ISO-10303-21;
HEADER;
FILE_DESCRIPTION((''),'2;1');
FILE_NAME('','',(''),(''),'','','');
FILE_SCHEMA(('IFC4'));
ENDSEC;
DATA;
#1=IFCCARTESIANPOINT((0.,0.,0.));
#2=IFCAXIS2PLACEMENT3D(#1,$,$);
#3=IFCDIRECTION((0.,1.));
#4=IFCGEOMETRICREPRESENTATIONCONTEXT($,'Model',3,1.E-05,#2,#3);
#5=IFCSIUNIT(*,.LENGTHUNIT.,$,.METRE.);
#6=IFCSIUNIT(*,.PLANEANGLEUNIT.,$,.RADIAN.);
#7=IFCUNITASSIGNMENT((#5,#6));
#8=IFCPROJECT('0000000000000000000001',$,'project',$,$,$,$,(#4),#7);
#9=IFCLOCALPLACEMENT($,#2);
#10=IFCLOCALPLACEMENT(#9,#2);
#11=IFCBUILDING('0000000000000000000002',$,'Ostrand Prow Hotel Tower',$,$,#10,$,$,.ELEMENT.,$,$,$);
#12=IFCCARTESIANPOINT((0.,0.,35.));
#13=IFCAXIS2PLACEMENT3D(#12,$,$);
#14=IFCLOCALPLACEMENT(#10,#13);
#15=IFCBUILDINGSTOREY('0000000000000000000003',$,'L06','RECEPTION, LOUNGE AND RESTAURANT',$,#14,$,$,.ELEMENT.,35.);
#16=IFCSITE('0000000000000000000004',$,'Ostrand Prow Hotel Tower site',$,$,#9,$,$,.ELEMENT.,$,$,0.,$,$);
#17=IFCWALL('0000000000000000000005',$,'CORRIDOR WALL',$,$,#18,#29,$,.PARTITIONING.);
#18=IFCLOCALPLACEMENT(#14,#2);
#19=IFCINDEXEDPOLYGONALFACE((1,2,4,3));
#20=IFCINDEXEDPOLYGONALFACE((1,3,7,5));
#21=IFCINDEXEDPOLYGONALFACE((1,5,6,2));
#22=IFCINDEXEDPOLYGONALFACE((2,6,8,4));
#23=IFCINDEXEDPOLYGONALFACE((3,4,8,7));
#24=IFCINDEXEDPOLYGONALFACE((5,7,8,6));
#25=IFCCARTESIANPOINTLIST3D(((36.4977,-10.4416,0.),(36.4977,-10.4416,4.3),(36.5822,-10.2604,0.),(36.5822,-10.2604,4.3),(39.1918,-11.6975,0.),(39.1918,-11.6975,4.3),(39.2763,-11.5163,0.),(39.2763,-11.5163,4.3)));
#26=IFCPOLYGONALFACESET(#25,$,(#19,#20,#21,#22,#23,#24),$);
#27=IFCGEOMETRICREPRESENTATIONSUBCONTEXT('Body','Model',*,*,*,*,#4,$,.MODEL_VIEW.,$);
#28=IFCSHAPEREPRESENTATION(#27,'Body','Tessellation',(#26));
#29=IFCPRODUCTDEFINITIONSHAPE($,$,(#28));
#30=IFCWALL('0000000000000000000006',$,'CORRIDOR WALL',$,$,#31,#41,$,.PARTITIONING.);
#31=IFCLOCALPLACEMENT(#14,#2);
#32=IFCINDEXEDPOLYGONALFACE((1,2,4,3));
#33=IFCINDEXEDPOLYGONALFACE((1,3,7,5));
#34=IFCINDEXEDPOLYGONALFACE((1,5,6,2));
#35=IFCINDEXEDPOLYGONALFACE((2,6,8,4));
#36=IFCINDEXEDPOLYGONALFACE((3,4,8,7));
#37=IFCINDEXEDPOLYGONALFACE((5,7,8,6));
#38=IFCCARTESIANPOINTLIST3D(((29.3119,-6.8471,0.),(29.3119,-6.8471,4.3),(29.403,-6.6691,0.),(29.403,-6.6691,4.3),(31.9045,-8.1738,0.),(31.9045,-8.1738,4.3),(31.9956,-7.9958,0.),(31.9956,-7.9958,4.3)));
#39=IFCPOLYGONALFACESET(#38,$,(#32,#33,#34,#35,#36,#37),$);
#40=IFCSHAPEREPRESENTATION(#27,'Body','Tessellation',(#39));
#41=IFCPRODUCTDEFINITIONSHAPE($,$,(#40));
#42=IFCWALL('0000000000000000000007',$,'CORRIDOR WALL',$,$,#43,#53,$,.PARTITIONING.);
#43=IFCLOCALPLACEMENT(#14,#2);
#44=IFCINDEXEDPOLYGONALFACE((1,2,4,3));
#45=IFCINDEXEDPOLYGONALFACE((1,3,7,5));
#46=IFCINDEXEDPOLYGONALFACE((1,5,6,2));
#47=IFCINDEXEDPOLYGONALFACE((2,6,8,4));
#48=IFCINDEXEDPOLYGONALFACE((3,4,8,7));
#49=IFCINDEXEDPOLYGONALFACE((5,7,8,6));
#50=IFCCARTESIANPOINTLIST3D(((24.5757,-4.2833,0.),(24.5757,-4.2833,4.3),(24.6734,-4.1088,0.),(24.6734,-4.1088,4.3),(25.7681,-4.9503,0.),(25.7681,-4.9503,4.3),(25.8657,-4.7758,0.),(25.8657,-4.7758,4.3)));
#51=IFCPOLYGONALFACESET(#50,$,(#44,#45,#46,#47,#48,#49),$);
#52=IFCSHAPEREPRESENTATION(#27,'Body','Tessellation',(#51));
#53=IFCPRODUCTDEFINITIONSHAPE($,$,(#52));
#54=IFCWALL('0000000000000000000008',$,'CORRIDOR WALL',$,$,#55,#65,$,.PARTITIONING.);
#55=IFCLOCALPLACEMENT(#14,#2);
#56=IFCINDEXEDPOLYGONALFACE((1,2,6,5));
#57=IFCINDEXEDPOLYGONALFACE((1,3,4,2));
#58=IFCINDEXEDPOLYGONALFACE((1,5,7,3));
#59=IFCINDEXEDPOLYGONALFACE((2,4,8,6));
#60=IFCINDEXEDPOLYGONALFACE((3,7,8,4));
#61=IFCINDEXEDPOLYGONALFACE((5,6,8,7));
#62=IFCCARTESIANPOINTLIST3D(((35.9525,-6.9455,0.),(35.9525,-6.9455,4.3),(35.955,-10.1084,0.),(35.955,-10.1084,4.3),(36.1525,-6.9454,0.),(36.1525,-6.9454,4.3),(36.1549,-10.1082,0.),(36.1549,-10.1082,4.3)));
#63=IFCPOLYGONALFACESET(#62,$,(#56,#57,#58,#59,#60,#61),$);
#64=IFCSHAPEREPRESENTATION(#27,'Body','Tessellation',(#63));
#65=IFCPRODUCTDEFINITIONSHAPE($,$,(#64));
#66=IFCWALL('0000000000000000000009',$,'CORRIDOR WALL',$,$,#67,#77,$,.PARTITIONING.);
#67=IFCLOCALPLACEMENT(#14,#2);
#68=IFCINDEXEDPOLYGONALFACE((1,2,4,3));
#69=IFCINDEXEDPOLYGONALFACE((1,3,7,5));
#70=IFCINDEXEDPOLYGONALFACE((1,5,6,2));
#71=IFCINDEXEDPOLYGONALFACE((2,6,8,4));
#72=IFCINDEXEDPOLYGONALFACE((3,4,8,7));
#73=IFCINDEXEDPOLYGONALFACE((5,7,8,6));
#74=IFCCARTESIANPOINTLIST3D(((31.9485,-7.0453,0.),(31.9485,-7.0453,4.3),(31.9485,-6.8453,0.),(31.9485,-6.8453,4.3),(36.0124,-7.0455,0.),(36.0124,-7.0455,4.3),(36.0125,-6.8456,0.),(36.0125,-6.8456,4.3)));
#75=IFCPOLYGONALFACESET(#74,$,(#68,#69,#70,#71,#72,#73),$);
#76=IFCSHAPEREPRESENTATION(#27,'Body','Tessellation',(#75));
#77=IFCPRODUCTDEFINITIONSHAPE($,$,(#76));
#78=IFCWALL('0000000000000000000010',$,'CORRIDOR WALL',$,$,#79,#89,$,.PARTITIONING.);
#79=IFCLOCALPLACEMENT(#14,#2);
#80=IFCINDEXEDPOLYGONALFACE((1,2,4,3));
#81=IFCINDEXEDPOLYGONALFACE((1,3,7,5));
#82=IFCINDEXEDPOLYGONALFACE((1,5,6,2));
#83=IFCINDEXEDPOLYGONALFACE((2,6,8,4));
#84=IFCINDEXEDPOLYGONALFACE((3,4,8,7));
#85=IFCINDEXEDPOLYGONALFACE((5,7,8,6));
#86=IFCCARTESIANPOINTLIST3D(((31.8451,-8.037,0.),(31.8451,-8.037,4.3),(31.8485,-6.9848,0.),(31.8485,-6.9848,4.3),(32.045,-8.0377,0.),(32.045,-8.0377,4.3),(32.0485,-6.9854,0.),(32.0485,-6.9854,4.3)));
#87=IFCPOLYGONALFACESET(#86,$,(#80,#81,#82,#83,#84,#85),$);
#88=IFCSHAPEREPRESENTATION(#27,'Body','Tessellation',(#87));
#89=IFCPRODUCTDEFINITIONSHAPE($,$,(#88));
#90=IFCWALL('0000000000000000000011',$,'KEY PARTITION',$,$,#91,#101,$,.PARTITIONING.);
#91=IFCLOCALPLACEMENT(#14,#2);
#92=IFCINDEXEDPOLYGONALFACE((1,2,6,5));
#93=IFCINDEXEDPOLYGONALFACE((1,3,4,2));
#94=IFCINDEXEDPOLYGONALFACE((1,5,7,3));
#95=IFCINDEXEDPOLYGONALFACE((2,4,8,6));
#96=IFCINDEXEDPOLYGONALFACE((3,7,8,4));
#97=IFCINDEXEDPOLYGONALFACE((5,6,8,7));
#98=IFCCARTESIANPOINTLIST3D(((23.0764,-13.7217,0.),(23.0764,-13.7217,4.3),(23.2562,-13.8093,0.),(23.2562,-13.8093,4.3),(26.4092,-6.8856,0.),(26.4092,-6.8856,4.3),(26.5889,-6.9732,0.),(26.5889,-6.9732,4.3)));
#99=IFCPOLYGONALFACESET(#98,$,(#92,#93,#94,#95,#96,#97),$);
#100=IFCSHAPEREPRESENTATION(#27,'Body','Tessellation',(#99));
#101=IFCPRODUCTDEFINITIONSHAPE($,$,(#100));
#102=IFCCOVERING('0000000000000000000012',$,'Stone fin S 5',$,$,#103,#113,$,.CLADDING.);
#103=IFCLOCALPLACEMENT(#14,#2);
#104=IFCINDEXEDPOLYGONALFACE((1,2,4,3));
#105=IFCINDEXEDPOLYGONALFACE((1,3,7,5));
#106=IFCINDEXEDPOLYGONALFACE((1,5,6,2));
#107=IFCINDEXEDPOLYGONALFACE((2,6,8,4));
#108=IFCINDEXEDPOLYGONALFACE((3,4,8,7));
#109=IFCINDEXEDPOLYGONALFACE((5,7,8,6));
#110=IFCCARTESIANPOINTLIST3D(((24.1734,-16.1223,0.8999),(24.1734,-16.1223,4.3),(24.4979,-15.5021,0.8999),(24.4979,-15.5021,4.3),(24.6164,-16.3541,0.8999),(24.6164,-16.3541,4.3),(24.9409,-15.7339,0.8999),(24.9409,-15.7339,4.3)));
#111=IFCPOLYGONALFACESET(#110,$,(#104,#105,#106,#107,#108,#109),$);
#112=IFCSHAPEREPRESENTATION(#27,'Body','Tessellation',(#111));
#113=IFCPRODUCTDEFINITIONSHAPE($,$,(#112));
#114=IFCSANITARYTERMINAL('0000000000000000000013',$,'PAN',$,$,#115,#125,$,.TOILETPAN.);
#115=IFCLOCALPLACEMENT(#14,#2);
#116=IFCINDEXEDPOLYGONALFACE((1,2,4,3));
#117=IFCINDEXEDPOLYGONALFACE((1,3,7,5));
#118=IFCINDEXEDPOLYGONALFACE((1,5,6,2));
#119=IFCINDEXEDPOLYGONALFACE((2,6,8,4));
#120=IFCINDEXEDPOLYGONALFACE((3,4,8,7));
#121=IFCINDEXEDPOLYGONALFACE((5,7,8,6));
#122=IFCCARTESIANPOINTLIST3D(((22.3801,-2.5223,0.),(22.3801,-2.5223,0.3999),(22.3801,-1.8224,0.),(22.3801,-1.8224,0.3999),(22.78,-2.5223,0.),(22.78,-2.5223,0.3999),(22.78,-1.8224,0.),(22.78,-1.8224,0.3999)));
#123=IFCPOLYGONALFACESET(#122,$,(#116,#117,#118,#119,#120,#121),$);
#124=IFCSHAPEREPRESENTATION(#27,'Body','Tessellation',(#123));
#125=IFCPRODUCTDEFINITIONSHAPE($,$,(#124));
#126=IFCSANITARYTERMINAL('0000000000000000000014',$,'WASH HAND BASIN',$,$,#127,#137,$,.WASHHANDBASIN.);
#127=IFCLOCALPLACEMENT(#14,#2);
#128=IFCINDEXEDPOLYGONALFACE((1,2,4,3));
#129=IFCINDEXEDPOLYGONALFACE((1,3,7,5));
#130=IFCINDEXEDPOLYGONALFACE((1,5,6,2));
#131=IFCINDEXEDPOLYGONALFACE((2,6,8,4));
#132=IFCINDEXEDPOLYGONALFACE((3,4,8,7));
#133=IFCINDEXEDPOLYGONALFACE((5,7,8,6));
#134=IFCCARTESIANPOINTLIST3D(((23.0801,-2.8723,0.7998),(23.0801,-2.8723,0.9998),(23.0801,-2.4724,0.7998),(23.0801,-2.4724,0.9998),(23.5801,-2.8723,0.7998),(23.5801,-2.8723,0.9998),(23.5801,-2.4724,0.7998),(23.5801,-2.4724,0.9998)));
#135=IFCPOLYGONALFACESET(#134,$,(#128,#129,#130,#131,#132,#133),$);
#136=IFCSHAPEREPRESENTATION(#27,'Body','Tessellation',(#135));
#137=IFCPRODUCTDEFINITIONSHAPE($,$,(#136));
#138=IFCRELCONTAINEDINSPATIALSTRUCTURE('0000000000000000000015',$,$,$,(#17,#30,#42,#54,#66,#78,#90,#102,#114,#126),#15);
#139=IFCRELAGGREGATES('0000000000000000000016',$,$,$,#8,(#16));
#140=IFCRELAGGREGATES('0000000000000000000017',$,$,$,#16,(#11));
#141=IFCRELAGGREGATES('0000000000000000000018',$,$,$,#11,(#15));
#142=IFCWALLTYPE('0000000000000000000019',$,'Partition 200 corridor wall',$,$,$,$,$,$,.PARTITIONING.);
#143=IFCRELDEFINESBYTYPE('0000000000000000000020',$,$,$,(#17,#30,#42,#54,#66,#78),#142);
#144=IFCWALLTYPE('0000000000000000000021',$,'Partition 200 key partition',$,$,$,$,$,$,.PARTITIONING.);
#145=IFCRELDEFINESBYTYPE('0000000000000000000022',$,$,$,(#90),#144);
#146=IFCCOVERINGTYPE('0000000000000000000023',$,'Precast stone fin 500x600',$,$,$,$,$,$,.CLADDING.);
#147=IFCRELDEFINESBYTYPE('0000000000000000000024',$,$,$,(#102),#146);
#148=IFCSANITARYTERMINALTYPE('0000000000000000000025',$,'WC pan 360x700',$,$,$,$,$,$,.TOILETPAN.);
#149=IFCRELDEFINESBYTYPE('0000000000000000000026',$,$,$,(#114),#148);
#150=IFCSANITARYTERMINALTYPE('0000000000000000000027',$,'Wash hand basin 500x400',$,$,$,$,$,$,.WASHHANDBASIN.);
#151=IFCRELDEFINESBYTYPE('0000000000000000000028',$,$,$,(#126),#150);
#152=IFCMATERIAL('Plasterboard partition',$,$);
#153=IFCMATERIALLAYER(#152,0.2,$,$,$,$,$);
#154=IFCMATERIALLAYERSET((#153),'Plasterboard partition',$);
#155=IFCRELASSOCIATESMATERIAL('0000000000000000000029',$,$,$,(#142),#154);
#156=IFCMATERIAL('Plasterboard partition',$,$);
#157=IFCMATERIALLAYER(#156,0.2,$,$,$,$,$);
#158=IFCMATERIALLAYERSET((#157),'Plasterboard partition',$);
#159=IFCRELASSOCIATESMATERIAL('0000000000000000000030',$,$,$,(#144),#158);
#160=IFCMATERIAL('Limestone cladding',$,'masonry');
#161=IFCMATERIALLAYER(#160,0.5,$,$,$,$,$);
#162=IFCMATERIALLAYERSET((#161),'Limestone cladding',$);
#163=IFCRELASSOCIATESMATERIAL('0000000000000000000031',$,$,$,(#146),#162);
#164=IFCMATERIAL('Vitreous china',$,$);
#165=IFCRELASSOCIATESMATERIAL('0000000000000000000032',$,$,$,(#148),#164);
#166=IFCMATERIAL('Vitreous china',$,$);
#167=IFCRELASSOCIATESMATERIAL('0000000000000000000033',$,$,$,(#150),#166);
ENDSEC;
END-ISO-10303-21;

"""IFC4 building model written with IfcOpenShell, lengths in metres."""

from ifc_helpers import new_model, si_unit, direction, frame, frame_2d, origin, origin_2d, place, context, subcontext, project, spatial, rectangle, extrude, material, layer, layer_set, type_object, element, save


model = new_model("IFC4")

# Units and contexts
model_context = context("Model", 3, precision=1e-05, world=origin(), true_north=direction((0.0, 1.0)))
body_context = subcontext(model_context, "Body", "Model", "MODEL_VIEW")
ifc_project = project(units=[si_unit("LENGTHUNIT", "METRE"), si_unit("PLANEANGLEUNIT", "RADIAN")], contexts=[model_context])

# Site, building, storey
site_placement = place(None, origin())
site = spatial("IfcSite", under=ifc_project, at=site_placement, Name="Ostrand Prow Hotel Tower site", CompositionType="ELEMENT", RefElevation=0.0)
building_placement = place(site_placement, origin())
building = spatial("IfcBuilding", under=site, at=building_placement, Name="Ostrand Prow Hotel Tower", CompositionType="ELEMENT")
storey_placement = place(building_placement, frame((0.0, 0.0, 35.0)))
storey = spatial("IfcBuildingStorey", under=building, at=storey_placement, Name="L06", Description="RECEPTION, LOUNGE AND RESTAURANT", CompositionType="ELEMENT", Elevation=35.0)

# Shared definitions
ifc_material_1 = material(Name="Plasterboard partition")
ifc_layer_1 = layer(ifc_material_1, 0.2)
ifc_layer_set_1 = layer_set([ifc_layer_1], Name="Plasterboard partition")
wall_type_1 = type_object("IfcWallType", Name="Partition 200 corridor wall", PredefinedType="PARTITIONING", material=ifc_layer_set_1)

# Walls
wall_1_placement = place(storey_placement, frame((39.2341, -11.6069, 0.0), z_axis=(0.0, 0.0, 1.0), x_axis=(-0.906361, 0.422503, 0.0)))
element("IfcWall", 1, at=wall_1_placement, inside=storey, type_object=wall_type_1, Name="CORRIDOR WALL", PredefinedType="PARTITIONING", context=body_context, shape_type="SweptSolid", body=[
    extrude(rectangle(XDim=2.9724, YDim=0.2, at=frame_2d((1.4863, 0.0))), origin(), (0.0, 0.0, 1.0), 4.3),
])
wall_2_placement = place(storey_placement, frame((31.95, -8.0847, 0.0), z_axis=(0.0, 0.0, 1.0), x_axis=(-0.890213, 0.455544, 0.0)))
element("IfcWall", 2, at=wall_2_placement, inside=storey, type_object=wall_type_1, Name="CORRIDOR WALL", PredefinedType="PARTITIONING", context=body_context, shape_type="SweptSolid", body=[
    extrude(rectangle(XDim=2.9124, YDim=0.2, at=frame_2d((1.4561, 0.0))), origin(), (0.0, 0.0, 1.0), 4.3),
])
wall_3_placement = place(storey_placement, frame((25.8169, -4.863, 0.0), z_axis=(0.0, 0.0, 1.0), x_axis=(-0.872738, 0.48819, 0.0)))
element("IfcWall", 3, at=wall_3_placement, inside=storey, type_object=wall_type_1, Name="CORRIDOR WALL", PredefinedType="PARTITIONING", context=body_context, shape_type="SweptSolid", body=[
    extrude(rectangle(XDim=1.3662, YDim=0.2, at=frame_2d((0.6831, 0.0))), origin(), (0.0, 0.0, 1.0), 4.3),
])
wall_4_placement = place(storey_placement, frame((36.0549, -10.1084, 0.0), z_axis=(0.0, 0.0, 1.0), x_axis=(-0.000772, 1.0, 0.0)))
element("IfcWall", 4, at=wall_4_placement, inside=storey, type_object=wall_type_1, Name="CORRIDOR WALL", PredefinedType="PARTITIONING", context=body_context, shape_type="SweptSolid", body=[
    extrude(rectangle(XDim=3.1628, YDim=0.2, at=frame_2d((1.5815, 0.0))), origin(), (0.0, 0.0, 1.0), 4.3),
])
wall_5_placement = place(storey_placement, frame((36.0125, -6.9456, 0.0), z_axis=(0.0, 0.0, 1.0), x_axis=(-1.0, 0.00006, 0.0)))
element("IfcWall", 5, at=wall_5_placement, inside=storey, type_object=wall_type_1, Name="CORRIDOR WALL", PredefinedType="PARTITIONING", context=body_context, shape_type="SweptSolid", body=[
    extrude(rectangle(XDim=4.064, YDim=0.2, at=frame_2d((2.032, 0.0))), origin(), (0.0, 0.0, 1.0), 4.3),
])
wall_6_placement = place(storey_placement, frame((31.9485, -6.9851, 0.0), z_axis=(0.0, 0.0, 1.0), x_axis=(-0.003248, -0.999995, 0.0)))
element("IfcWall", 6, at=wall_6_placement, inside=storey, type_object=wall_type_1, Name="CORRIDOR WALL", PredefinedType="PARTITIONING", context=body_context, shape_type="SweptSolid", body=[
    extrude(rectangle(XDim=1.0522, YDim=0.2, at=frame_2d((0.5261, 0.0))), origin(), (0.0, 0.0, 1.0), 4.3),
])
ifc_material_2 = material(Name="Plasterboard partition")
ifc_layer_2 = layer(ifc_material_2, 0.2)
ifc_layer_set_2 = layer_set([ifc_layer_2], Name="Plasterboard partition")
wall_type_2 = type_object("IfcWallType", Name="Partition 200 key partition", PredefinedType="PARTITIONING", material=ifc_layer_set_2)
wall_7_placement = place(storey_placement, frame((23.1663, -13.7656, 0.0), z_axis=(0.0, 0.0, 1.0), x_axis=(0.438216, 0.89887, 0.0)))
element("IfcWall", 7, at=wall_7_placement, inside=storey, type_object=wall_type_2, Name="KEY PARTITION", PredefinedType="PARTITIONING", context=body_context, shape_type="SweptSolid", body=[
    extrude(rectangle(XDim=7.6052, YDim=0.2, at=frame_2d((3.8027, 0.0))), origin(), (0.0, 0.0, 1.0), 4.3),
])

# Covering
ifc_material_3 = material(Name="Limestone cladding", Category="masonry")
ifc_layer_3 = layer(ifc_material_3, 0.5)
ifc_layer_set_3 = layer_set([ifc_layer_3], Name="Limestone cladding")
covering_type = type_object("IfcCoveringType", Name="Precast stone fin 500x600", PredefinedType="CLADDING", material=ifc_layer_set_3)
covering_placement = place(storey_placement, frame((24.7195, -15.6179, 0.8999), z_axis=(0.0, 0.0, 1.0), x_axis=(-0.463603, -0.886043, 0.0)))
element("IfcCovering", 8, at=covering_placement, inside=storey, type_object=covering_type, Name="Stone fin S 5", PredefinedType="CLADDING", context=body_context, shape_type="SweptSolid", body=[
    extrude(rectangle(XDim=0.7, YDim=0.5, at=frame_2d((0.3501, 0.0))), origin(), (0.0, 0.0, 1.0), 3.4001),
])

# Sanitary terminals
ifc_material_4 = material(Name="Vitreous china")
sanitary_terminal_type_1 = type_object("IfcSanitaryTerminalType", Name="WC pan 360x700", PredefinedType="TOILETPAN", material=ifc_material_4)
sanitary_terminal_1_placement = place(storey_placement, frame((22.5801, -2.1724, 0.0), z_axis=(0.0, 0.0, 1.0), x_axis=(1.0, 0.0, 0.0)))
element("IfcSanitaryTerminal", 9, at=sanitary_terminal_1_placement, inside=storey, type_object=sanitary_terminal_type_1, Name="PAN", PredefinedType="TOILETPAN", context=body_context, shape_type="SweptSolid", body=[
    extrude(rectangle(XDim=0.3999, YDim=0.7, at=origin_2d()), origin(), (0.0, 0.0, 1.0), 0.3999),
])
ifc_material_5 = material(Name="Vitreous china")
sanitary_terminal_type_2 = type_object("IfcSanitaryTerminalType", Name="Wash hand basin 500x400", PredefinedType="WASHHANDBASIN", material=ifc_material_5)
sanitary_terminal_2_placement = place(storey_placement, frame((23.3301, -2.6724, 0.7998), z_axis=(0.0, 0.0, 1.0), x_axis=(1.0, 0.0, 0.0)))
element("IfcSanitaryTerminal", 10, at=sanitary_terminal_2_placement, inside=storey, type_object=sanitary_terminal_type_2, Name="WASH HAND BASIN", PredefinedType="WASHHANDBASIN", context=body_context, shape_type="SweptSolid", body=[
    extrude(rectangle(XDim=0.5, YDim=0.3999, at=origin_2d()), origin(), (0.0, 0.0, 1.0), 0.2),
])

save(model, "model.ifc")
